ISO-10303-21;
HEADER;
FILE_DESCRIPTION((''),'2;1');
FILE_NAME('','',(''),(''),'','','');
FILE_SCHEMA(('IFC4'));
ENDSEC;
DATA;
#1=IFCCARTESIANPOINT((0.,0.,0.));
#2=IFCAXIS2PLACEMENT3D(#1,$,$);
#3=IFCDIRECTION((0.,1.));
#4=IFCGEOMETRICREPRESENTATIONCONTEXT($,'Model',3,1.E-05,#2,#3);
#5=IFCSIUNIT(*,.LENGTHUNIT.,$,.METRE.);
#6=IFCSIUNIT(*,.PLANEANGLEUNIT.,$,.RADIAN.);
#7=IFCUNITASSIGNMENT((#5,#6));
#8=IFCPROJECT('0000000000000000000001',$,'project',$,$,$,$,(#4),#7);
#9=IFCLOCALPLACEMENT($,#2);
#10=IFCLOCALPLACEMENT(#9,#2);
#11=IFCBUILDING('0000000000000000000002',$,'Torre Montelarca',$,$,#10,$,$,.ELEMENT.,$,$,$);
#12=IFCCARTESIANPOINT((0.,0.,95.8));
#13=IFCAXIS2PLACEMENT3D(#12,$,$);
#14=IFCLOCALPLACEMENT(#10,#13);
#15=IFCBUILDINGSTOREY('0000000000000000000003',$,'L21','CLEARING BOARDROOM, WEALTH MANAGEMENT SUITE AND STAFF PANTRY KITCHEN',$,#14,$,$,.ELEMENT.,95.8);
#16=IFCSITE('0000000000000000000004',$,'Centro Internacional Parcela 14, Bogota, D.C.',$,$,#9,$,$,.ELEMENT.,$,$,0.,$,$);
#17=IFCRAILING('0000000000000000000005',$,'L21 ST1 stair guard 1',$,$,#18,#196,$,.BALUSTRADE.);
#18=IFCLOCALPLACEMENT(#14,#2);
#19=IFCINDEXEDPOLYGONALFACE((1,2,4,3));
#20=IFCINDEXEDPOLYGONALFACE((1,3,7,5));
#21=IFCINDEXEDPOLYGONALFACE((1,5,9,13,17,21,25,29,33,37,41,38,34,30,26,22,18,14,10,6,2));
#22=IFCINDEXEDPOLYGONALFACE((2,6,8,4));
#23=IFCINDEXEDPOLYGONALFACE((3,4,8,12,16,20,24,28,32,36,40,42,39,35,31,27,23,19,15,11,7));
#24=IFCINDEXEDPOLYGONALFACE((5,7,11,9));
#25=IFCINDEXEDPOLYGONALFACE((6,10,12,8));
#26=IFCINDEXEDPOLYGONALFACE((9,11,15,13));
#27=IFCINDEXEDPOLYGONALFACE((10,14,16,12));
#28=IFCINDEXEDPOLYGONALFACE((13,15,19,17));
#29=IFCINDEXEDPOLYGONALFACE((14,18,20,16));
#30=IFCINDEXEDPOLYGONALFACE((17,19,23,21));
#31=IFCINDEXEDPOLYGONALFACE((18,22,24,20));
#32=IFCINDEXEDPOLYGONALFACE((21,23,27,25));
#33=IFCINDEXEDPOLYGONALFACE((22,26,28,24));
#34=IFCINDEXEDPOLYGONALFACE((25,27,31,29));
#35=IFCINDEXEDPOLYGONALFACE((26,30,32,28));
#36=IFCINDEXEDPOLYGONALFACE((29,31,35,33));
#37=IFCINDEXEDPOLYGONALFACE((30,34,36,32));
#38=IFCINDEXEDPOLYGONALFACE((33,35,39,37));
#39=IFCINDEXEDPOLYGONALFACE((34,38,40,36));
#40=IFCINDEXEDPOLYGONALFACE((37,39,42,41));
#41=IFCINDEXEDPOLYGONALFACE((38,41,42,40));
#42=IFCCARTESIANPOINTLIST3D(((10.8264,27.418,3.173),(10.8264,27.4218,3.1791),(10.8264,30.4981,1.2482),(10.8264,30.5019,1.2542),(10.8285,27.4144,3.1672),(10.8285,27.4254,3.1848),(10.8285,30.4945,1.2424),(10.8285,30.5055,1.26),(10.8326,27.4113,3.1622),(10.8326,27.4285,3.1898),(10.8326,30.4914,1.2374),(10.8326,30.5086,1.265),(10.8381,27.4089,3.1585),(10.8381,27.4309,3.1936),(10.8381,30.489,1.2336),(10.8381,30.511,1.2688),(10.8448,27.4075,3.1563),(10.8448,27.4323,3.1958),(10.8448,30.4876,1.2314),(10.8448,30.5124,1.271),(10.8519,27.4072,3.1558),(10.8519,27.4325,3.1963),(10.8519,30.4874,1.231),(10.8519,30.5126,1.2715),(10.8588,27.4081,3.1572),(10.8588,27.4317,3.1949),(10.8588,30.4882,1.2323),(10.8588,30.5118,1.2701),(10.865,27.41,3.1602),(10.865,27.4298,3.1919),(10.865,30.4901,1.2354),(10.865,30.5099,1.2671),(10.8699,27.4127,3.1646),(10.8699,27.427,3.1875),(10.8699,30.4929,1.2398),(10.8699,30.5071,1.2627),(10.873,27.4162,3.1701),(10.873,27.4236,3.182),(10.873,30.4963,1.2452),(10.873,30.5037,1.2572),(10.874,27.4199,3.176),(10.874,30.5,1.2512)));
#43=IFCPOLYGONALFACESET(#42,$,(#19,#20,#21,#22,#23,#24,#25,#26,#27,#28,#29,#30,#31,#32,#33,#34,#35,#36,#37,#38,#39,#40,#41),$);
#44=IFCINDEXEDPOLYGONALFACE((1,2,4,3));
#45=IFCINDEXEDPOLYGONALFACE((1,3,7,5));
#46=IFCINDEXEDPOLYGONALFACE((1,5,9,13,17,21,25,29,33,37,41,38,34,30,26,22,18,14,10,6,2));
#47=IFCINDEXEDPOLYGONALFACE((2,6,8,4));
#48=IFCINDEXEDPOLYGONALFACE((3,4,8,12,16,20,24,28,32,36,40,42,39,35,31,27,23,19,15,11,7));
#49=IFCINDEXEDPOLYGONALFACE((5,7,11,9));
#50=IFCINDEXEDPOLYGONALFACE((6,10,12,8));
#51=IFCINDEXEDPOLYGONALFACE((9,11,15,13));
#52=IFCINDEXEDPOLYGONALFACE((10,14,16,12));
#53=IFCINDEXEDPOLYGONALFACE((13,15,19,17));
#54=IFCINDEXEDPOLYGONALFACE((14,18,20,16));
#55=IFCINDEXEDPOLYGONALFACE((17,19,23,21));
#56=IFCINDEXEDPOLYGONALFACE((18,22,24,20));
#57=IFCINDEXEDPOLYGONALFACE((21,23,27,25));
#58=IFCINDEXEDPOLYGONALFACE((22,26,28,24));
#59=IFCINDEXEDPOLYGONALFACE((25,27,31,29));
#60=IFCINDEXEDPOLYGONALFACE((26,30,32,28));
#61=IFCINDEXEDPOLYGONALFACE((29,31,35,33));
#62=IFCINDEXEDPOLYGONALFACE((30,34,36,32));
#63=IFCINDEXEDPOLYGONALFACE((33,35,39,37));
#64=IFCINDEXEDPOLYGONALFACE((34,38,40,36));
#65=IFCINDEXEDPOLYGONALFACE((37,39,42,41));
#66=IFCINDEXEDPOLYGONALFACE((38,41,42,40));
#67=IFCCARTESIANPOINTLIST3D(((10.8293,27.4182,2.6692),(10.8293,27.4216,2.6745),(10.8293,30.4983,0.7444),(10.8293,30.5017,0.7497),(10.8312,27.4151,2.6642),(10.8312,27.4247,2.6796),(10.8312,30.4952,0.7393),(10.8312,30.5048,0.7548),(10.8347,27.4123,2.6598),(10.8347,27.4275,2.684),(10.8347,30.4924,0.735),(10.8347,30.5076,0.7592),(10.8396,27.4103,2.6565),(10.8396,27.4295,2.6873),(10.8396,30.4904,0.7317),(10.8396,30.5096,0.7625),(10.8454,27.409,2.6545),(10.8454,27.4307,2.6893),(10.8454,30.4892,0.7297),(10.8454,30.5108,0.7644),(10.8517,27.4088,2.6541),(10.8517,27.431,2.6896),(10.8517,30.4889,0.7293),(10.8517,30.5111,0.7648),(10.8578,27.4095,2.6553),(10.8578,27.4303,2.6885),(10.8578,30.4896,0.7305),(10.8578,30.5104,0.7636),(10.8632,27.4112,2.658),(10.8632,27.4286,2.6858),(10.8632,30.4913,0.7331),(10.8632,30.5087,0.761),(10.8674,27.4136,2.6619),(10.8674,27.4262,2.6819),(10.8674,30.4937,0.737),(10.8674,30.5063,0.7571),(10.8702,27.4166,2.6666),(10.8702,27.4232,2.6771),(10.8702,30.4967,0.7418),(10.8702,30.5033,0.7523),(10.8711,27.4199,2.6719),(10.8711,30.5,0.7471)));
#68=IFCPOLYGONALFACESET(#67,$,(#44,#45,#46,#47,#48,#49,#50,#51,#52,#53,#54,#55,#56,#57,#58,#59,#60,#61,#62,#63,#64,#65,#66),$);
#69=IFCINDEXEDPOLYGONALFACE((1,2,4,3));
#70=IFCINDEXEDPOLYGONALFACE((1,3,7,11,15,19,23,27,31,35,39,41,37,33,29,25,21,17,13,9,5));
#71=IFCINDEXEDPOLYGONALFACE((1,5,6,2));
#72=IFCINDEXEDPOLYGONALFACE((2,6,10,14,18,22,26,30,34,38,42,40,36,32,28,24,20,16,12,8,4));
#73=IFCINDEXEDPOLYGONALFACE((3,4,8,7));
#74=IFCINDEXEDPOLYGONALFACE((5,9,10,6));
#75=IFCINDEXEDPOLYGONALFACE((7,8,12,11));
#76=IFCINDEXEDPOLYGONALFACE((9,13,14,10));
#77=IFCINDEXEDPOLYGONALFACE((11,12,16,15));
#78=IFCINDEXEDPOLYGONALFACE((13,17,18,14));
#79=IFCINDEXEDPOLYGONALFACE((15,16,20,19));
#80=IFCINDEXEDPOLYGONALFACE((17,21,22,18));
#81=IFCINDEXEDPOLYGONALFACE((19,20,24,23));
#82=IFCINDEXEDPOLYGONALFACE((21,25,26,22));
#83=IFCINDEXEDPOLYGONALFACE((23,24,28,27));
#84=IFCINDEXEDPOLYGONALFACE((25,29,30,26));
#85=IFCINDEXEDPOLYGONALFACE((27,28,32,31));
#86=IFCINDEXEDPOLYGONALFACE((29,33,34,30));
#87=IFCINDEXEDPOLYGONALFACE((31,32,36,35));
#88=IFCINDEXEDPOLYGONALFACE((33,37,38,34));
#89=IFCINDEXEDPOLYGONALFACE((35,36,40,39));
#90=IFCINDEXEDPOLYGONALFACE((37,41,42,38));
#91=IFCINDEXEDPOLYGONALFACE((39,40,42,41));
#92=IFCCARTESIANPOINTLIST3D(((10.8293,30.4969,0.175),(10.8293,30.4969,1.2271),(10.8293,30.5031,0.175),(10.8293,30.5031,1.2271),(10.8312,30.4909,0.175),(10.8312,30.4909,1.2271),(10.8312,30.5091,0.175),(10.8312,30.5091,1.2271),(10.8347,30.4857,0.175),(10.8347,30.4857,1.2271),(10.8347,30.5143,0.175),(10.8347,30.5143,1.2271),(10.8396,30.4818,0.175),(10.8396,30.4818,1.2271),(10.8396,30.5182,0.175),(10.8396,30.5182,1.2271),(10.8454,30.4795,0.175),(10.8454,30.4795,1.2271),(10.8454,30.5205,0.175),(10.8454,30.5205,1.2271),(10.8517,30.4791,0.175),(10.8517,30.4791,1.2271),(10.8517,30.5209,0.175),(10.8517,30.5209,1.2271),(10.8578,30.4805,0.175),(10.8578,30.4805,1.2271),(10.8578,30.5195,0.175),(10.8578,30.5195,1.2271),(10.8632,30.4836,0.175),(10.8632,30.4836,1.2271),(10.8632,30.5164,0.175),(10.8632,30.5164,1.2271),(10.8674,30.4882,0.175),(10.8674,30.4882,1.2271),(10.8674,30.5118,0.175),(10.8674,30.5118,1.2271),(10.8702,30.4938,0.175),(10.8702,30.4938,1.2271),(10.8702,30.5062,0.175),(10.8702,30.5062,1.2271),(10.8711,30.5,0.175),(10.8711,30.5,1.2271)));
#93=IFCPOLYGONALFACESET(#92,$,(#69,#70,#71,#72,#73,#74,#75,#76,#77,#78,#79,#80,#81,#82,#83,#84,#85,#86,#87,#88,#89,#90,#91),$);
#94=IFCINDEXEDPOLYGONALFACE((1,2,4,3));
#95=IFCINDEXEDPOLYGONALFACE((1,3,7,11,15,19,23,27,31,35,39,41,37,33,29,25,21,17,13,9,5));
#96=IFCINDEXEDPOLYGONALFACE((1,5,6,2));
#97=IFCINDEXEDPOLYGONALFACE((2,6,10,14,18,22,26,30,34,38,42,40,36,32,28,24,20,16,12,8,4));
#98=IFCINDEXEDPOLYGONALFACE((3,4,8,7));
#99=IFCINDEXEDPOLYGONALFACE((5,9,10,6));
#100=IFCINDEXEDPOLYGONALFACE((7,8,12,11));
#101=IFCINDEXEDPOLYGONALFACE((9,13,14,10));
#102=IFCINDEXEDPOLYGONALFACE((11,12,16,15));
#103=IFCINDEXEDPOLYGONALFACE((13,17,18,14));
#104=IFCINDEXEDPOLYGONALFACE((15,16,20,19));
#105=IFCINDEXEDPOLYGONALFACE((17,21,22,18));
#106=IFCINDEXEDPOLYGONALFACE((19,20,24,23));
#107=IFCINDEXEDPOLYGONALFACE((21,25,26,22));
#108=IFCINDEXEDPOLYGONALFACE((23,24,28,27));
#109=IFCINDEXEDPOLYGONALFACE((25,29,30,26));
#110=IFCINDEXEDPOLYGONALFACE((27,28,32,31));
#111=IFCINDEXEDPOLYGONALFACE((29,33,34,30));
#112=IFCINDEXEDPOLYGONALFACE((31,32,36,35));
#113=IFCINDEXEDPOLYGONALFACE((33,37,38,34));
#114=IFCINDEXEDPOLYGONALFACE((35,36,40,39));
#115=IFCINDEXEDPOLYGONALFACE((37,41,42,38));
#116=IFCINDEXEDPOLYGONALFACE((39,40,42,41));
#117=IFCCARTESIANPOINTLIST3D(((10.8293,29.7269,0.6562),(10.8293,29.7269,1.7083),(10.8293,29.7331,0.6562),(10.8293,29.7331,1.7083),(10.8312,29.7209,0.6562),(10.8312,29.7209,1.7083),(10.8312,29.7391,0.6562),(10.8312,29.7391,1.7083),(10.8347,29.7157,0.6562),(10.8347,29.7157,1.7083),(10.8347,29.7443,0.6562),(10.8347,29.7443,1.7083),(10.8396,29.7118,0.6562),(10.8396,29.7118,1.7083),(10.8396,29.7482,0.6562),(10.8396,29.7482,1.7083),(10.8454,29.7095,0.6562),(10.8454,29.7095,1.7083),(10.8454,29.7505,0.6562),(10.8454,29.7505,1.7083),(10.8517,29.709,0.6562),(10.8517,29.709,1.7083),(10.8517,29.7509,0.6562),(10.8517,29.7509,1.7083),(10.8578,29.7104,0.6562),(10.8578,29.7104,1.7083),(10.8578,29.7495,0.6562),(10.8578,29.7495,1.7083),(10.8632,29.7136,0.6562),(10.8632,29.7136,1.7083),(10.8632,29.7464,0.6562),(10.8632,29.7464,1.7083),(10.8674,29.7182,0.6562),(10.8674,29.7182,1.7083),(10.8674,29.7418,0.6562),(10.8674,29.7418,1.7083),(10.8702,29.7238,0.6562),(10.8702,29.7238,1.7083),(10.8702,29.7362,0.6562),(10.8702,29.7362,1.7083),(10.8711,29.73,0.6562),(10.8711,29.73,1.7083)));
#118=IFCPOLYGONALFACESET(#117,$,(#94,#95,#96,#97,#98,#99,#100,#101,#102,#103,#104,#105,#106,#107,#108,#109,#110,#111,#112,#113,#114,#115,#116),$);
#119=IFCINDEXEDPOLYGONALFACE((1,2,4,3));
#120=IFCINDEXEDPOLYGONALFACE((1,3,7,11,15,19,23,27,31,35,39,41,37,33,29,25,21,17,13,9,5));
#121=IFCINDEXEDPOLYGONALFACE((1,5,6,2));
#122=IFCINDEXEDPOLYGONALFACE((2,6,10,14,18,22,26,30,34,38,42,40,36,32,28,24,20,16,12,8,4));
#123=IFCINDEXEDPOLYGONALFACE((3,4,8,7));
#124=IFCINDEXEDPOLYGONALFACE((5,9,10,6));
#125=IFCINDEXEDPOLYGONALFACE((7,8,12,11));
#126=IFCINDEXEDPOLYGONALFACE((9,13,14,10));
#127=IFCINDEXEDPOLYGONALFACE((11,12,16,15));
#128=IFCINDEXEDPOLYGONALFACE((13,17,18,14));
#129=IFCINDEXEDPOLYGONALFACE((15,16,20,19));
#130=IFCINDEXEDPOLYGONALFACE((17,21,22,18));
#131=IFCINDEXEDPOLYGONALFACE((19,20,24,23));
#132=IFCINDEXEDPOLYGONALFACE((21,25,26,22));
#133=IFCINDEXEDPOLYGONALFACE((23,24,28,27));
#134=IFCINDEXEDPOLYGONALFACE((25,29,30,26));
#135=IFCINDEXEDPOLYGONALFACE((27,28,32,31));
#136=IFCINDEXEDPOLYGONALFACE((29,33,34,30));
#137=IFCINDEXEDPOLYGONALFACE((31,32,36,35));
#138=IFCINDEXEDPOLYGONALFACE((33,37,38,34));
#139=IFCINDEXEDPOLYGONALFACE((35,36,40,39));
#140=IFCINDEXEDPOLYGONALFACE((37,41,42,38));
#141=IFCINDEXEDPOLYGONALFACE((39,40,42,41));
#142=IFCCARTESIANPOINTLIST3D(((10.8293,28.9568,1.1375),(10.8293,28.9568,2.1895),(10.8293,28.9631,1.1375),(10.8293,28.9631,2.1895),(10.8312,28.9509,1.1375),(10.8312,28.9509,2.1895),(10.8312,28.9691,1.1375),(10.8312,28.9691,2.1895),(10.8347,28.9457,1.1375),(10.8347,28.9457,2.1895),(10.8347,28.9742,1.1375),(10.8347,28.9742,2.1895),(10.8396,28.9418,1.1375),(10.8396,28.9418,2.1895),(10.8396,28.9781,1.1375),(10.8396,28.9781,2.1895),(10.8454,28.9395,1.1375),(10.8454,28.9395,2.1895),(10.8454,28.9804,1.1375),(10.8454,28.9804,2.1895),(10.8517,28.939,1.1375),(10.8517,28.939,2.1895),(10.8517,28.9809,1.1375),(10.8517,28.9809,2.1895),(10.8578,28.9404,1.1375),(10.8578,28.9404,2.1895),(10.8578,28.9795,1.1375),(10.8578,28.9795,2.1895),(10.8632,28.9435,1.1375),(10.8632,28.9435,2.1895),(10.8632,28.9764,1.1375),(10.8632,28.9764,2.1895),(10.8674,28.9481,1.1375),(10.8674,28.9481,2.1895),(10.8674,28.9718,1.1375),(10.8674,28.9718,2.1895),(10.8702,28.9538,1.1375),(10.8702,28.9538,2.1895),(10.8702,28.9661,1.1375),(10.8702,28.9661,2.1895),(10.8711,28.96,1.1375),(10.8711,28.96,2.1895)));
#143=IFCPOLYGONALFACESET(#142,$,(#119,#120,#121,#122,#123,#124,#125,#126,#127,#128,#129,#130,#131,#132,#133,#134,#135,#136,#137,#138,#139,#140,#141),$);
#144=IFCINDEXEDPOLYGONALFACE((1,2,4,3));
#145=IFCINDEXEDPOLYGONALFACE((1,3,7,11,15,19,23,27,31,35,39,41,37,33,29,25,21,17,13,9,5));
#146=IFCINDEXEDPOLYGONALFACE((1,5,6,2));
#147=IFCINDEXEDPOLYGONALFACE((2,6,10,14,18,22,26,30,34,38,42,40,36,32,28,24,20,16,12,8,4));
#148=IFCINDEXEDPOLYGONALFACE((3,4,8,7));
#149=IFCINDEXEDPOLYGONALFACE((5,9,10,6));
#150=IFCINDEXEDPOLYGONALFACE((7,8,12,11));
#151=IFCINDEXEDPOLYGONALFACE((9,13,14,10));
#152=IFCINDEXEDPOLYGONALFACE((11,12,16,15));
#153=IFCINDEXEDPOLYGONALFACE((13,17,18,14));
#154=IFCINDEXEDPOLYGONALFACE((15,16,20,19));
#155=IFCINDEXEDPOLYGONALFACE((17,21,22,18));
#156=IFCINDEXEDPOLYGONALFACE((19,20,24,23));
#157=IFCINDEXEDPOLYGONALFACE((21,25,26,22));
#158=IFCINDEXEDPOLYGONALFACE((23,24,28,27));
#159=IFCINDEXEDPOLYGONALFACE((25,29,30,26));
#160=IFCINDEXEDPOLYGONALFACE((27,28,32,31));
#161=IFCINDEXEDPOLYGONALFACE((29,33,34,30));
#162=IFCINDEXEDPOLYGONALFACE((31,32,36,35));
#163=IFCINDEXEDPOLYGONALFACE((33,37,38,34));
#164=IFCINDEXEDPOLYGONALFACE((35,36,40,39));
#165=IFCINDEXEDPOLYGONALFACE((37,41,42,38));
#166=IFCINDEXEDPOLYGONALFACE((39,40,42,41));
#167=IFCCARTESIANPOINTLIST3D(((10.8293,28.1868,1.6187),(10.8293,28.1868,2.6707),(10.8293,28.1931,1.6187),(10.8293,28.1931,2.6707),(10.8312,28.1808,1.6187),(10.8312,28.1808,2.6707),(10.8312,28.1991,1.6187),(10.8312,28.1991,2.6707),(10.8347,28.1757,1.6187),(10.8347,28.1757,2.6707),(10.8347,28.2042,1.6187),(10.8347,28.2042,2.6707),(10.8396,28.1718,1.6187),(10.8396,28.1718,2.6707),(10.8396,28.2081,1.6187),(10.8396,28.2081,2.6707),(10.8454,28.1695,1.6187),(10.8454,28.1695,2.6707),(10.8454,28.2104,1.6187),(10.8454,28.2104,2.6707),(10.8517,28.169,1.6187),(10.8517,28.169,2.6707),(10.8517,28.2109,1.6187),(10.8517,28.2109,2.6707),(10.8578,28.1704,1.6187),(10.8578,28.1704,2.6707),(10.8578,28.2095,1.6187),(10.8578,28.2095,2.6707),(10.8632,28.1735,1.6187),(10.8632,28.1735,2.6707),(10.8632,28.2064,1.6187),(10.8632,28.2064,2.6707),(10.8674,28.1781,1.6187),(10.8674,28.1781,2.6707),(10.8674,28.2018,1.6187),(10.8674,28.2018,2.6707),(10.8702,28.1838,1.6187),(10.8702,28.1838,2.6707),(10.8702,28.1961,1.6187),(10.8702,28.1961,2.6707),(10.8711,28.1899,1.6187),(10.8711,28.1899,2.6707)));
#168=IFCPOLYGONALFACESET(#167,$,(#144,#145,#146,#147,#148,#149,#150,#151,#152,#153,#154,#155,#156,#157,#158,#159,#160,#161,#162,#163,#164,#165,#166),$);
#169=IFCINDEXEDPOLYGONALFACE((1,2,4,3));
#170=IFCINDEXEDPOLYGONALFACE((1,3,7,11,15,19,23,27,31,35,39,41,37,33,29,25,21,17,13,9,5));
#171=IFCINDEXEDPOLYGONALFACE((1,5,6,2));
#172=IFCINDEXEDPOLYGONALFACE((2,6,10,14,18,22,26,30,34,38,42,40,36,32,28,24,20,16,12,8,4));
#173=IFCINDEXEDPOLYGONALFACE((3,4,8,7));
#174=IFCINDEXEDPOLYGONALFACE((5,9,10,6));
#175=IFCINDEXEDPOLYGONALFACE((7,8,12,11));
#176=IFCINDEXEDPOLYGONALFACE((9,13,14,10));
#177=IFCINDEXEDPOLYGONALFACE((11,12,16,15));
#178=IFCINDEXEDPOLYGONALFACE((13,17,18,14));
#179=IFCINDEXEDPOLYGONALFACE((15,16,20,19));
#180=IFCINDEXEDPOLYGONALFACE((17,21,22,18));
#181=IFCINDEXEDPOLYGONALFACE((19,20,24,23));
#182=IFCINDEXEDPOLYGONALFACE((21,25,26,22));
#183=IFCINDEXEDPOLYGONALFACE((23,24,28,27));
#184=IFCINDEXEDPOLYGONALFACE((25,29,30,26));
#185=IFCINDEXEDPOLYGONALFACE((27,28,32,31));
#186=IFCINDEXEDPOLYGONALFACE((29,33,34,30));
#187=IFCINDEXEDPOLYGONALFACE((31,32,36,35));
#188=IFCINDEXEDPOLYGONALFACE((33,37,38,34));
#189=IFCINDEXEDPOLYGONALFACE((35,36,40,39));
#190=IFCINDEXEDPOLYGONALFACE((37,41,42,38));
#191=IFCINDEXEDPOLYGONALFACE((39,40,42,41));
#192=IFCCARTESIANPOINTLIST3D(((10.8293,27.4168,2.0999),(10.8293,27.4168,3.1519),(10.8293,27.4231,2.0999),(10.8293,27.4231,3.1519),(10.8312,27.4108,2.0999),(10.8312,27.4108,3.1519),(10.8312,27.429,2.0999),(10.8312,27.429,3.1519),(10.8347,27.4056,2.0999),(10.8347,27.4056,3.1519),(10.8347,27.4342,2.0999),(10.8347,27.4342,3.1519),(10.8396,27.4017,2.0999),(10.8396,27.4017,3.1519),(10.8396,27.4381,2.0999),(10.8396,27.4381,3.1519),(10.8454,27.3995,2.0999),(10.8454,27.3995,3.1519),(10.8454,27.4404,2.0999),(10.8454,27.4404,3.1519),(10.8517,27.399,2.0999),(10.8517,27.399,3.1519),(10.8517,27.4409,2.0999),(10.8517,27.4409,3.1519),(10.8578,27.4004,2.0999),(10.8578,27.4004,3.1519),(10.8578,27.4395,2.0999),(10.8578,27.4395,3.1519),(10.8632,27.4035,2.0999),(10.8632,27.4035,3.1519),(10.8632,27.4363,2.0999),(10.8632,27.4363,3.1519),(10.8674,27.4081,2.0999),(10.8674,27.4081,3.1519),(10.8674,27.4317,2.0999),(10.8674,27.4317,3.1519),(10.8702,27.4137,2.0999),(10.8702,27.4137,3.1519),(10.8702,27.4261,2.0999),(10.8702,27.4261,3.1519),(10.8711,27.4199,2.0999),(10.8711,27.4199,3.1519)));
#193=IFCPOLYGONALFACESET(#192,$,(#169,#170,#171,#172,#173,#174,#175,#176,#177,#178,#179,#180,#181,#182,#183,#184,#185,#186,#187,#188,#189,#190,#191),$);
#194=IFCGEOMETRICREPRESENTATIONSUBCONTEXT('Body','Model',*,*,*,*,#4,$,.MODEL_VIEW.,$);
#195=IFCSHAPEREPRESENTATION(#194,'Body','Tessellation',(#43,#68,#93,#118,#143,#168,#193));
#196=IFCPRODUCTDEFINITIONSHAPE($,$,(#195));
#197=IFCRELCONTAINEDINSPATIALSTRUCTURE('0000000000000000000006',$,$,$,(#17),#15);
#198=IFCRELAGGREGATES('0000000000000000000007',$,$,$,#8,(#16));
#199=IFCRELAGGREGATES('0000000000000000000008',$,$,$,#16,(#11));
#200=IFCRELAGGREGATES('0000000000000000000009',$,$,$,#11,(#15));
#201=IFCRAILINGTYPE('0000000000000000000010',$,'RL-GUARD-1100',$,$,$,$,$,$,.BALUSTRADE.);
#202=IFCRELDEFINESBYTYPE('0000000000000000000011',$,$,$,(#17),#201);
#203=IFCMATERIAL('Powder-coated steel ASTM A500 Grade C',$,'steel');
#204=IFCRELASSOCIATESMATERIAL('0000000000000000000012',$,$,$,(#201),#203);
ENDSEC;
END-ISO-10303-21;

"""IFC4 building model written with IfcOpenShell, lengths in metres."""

from ifc_helpers import new_model, si_unit, direction, frame, origin, origin_2d, place, context, subcontext, project, spatial, circle, extrude, material, type_object, element, save


model = new_model("IFC4")

# Units and contexts
model_context = context("Model", 3, precision=1e-05, world=origin(), true_north=direction((0.0, 1.0)))
body_context = subcontext(model_context, "Body", "Model", "MODEL_VIEW")
ifc_project = project(units=[si_unit("LENGTHUNIT", "METRE"), si_unit("PLANEANGLEUNIT", "RADIAN")], contexts=[model_context])

# Site, building, storey
site_placement = place(None, origin())
site = spatial("IfcSite", under=ifc_project, at=site_placement, Name="Centro Internacional Parcela 14, Bogota, D.C.", CompositionType="ELEMENT", RefElevation=0.0)
building_placement = place(site_placement, origin())
building = spatial("IfcBuilding", under=site, at=building_placement, Name="Torre Montelarca", CompositionType="ELEMENT")
storey_placement = place(building_placement, frame((0.0, 0.0, 95.8)))
storey = spatial("IfcBuildingStorey", under=building, at=storey_placement, Name="L21", Description="CLEARING BOARDROOM, WEALTH MANAGEMENT SUITE AND STAFF PANTRY KITCHEN", CompositionType="ELEMENT", Elevation=95.8)

# Railing
ifc_material_1 = material(Name="Powder-coated steel ASTM A500 Grade C", Category="steel")
railing_type_1 = type_object("IfcRailingType", Name="RL-GUARD-1100", PredefinedType="BALUSTRADE", material=ifc_material_1)
railing_1_placement = place(storey_placement, frame((10.8501, 30.5, 0.175)))
element("IfcRailing", 1, at=railing_1_placement, inside=storey, type_object=railing_type_1, Name="L21 ST1 stair guard 1", PredefinedType="BALUSTRADE", context=body_context, shape_type="SweptSolid", body=[
    extrude(circle(Radius=0.0239, at=origin_2d()), frame((0.0, 0.0, 1.0762), z_axis=(0.0, -0.848029, 0.529951), x_axis=(1.0, 0.0, 0.0)), (0.0, 0.0, 1.0), 3.6321),
    extrude(circle(Radius=0.021, at=origin_2d()), frame((0.0, 0.0, 0.572), z_axis=(0.0, -0.848029, 0.529951), x_axis=(1.0, 0.0, 0.0)), (0.0, 0.0, 1.0), 3.6321),
    extrude(circle(Radius=0.021, at=origin_2d()), origin(), (0.0, 0.0, 1.0), 1.052),
    extrude(circle(Radius=0.021, at=origin_2d()), frame((0.0, -0.77, 0.4812)), (0.0, 0.0, 1.0), 1.052),
    extrude(circle(Radius=0.021, at=origin_2d()), frame((0.0, -1.54, 0.9624)), (0.0, 0.0, 1.0), 1.052),
    extrude(circle(Radius=0.021, at=origin_2d()), frame((0.0, -2.3101, 1.4436)), (0.0, 0.0, 1.0), 1.052),
    extrude(circle(Radius=0.021, at=origin_2d()), frame((0.0, -3.0801, 1.9248)), (0.0, 0.0, 1.0), 1.052),
])

save(model, "model.ifc")
